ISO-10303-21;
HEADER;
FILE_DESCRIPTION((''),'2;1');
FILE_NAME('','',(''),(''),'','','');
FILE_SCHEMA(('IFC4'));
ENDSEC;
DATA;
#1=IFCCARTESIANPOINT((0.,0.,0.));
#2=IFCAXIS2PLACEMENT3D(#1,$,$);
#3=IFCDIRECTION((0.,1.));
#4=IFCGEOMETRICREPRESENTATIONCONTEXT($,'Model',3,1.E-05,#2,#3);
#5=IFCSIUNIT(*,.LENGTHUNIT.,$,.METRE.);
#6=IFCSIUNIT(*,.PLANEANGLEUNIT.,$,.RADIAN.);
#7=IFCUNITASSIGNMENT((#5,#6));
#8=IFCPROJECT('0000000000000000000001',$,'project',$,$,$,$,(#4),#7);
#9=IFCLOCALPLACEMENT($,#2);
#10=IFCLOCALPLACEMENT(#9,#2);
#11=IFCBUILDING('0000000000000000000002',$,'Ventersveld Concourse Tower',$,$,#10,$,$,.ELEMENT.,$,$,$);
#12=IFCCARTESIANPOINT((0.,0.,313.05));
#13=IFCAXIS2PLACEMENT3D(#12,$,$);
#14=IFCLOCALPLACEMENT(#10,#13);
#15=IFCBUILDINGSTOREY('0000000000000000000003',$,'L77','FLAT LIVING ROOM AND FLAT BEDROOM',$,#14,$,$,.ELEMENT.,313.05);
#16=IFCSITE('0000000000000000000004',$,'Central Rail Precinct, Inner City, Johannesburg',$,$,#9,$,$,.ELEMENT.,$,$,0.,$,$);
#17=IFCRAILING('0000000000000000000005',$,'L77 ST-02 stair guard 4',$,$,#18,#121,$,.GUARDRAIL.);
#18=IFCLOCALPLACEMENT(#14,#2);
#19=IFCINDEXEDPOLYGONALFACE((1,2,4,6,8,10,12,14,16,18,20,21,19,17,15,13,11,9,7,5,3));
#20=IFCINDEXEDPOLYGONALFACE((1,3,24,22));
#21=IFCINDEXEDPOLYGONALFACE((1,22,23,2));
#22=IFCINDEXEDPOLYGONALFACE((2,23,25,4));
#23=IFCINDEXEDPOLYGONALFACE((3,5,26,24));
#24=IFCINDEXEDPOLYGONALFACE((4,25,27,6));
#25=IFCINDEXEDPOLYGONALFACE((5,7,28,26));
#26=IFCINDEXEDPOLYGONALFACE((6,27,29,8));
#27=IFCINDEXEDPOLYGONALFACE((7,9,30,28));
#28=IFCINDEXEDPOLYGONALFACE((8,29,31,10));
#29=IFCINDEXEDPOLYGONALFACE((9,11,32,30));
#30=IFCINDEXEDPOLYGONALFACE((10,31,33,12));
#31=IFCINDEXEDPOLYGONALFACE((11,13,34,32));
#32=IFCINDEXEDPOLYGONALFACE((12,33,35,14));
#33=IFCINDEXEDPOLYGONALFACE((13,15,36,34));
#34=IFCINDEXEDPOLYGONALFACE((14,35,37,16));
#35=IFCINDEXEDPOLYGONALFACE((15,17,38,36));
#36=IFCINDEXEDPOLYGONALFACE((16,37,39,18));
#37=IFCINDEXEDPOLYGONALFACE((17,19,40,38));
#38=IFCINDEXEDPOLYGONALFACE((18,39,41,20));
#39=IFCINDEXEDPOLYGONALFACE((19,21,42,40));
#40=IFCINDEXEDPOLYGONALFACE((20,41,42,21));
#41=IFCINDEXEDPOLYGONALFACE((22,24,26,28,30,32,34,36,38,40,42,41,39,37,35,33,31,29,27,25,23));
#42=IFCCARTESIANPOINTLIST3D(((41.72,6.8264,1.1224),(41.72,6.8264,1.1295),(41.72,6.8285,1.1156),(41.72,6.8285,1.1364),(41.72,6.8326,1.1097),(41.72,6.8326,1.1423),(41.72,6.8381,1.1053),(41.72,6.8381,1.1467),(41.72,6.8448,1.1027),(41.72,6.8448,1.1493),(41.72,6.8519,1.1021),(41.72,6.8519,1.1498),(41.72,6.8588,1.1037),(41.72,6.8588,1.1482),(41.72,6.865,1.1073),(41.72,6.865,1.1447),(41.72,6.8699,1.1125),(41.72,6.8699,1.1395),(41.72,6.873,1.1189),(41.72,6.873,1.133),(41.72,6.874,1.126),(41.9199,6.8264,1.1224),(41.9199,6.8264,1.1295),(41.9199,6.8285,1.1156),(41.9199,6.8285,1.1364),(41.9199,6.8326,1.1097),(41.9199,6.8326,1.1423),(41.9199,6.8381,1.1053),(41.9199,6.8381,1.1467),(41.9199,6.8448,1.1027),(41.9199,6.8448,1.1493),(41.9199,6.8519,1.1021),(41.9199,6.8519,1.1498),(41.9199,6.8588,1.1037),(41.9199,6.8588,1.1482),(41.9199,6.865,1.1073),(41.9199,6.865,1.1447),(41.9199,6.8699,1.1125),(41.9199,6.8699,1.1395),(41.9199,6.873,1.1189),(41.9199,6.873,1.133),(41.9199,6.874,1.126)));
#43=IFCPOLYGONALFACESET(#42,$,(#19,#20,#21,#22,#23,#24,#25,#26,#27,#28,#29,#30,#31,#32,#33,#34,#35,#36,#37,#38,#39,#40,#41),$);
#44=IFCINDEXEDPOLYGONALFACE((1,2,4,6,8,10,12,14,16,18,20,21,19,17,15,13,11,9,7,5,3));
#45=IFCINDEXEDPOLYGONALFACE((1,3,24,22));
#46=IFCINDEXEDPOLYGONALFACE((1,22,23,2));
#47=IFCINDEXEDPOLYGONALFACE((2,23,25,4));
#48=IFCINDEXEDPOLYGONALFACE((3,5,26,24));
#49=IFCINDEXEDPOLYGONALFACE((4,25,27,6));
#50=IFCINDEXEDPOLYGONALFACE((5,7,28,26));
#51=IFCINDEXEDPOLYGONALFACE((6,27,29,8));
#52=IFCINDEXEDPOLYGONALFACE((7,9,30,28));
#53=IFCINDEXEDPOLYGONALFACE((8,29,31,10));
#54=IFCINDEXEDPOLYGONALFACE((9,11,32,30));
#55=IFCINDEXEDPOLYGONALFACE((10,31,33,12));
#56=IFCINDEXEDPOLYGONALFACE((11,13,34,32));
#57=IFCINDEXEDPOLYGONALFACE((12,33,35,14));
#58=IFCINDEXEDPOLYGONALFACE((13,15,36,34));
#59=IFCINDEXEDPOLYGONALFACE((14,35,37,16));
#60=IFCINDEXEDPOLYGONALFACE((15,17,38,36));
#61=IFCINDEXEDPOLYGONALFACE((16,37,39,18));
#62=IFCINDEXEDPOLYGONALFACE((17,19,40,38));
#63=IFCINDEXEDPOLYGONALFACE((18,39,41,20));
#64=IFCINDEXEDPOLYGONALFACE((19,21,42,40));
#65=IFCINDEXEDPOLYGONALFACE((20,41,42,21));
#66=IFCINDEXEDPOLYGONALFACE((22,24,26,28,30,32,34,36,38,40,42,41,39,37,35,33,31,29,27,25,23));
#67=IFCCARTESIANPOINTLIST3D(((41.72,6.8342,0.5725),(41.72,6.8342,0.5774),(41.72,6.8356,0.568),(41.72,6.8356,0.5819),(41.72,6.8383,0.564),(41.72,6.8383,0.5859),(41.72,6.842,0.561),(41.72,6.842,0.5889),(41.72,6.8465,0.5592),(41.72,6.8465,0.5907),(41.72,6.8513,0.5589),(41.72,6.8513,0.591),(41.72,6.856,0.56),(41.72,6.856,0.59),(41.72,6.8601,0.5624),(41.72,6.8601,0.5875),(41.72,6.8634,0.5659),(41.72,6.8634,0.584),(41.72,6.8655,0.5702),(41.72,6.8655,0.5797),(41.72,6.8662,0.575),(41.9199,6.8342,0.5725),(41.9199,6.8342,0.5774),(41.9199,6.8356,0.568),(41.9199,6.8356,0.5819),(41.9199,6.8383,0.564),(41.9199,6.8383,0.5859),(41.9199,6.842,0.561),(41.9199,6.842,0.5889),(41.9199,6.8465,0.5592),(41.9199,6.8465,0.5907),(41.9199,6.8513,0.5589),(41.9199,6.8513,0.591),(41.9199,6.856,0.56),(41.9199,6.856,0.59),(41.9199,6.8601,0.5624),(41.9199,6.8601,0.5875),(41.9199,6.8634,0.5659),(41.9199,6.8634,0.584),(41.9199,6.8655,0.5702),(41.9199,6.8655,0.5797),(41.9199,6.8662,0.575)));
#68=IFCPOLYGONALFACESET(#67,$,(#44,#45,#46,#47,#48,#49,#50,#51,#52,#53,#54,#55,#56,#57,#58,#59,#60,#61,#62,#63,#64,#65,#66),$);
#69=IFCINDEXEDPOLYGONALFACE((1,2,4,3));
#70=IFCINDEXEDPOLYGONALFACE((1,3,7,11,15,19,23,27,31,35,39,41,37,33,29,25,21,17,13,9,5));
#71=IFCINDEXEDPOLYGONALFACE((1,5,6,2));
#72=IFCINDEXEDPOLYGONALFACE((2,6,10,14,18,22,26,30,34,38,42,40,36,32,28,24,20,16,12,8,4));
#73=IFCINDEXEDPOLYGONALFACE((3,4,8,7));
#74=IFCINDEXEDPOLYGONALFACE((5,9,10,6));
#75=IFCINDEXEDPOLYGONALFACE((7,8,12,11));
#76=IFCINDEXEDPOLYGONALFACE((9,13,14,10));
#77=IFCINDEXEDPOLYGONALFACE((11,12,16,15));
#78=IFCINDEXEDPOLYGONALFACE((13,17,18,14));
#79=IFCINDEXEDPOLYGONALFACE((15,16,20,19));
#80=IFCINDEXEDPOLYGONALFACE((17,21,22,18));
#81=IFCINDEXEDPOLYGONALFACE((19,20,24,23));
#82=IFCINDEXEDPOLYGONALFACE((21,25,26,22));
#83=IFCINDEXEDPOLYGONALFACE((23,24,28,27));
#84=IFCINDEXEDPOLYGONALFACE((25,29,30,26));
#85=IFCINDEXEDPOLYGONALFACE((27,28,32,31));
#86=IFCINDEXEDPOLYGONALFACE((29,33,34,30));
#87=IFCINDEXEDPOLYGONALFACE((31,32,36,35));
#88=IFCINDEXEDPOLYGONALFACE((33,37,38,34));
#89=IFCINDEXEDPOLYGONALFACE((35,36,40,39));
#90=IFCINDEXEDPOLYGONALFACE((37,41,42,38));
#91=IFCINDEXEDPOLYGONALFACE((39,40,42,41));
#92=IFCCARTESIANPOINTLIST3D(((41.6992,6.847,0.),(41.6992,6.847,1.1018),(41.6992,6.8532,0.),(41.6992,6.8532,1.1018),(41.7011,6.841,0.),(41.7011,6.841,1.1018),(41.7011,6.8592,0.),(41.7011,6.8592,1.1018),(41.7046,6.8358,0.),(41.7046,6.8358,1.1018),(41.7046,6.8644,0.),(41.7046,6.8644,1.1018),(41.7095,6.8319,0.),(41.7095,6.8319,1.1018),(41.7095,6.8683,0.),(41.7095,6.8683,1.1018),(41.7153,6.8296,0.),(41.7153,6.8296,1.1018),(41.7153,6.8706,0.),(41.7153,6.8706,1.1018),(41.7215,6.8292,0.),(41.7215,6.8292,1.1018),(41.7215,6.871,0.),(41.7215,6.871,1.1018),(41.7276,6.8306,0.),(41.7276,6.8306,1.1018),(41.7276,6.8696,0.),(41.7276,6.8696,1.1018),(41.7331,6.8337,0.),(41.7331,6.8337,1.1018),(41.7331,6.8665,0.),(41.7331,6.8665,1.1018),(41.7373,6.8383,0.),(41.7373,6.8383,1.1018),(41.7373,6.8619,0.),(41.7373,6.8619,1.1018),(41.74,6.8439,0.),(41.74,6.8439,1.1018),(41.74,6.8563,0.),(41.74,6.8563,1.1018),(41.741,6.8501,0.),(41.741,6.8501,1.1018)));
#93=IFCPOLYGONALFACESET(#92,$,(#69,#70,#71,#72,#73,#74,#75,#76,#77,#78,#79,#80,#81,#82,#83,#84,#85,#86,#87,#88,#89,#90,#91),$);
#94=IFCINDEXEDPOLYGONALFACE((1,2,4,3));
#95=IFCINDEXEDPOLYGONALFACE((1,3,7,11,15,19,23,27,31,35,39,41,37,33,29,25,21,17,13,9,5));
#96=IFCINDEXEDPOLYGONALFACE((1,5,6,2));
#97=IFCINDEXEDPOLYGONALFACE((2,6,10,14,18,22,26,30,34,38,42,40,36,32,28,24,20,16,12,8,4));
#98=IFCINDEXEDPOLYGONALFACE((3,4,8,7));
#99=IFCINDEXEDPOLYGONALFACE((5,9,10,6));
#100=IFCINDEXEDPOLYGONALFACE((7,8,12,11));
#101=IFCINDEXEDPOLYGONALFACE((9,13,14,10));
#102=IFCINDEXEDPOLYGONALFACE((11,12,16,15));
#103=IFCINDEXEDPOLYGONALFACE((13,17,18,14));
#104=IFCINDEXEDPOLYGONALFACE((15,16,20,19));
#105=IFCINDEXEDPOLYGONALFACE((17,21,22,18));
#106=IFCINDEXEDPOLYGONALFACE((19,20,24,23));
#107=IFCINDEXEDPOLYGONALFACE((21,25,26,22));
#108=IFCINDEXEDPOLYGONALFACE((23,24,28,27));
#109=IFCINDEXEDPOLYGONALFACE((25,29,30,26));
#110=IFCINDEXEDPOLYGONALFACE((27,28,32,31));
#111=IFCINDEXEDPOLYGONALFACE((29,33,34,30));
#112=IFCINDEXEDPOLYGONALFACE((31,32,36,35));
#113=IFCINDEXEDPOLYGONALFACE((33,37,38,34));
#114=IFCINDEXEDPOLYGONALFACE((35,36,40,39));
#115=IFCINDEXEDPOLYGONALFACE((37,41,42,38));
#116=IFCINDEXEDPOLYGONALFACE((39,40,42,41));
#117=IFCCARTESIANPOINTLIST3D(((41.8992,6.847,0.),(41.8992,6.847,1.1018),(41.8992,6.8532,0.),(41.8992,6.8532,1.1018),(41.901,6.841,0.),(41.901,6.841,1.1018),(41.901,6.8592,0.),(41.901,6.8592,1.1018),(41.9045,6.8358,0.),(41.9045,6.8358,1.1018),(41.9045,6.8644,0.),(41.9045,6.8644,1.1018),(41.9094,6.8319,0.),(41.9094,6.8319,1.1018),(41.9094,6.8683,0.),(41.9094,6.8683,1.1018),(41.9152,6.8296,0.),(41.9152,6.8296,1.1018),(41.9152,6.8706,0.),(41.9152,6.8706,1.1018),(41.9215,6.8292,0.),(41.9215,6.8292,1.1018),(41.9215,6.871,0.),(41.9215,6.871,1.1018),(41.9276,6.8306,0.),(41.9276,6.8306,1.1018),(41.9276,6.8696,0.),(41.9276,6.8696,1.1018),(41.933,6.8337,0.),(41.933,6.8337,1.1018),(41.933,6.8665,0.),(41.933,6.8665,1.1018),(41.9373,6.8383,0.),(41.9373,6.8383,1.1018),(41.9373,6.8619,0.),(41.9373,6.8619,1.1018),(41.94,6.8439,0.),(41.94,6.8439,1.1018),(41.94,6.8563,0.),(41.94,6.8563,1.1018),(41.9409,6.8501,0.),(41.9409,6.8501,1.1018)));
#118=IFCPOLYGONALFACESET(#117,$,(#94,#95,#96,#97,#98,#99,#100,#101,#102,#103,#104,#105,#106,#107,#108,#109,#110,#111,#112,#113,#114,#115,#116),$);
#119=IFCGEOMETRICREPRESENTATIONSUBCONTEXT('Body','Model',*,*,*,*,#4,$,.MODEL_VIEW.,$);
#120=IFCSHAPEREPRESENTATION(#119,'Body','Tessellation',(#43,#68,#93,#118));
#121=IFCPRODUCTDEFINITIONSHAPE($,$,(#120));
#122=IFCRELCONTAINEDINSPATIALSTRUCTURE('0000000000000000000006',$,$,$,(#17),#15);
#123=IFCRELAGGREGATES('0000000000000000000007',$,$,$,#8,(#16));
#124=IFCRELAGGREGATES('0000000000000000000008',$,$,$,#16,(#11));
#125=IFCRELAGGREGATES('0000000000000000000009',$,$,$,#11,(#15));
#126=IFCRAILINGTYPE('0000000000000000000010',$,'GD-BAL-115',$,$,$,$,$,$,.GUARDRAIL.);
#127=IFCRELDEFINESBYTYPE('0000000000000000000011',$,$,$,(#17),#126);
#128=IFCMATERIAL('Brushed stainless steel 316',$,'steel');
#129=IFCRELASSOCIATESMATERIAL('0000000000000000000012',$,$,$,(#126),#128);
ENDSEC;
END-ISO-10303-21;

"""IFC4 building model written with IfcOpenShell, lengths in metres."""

from ifc_helpers import new_model, si_unit, direction, frame, origin, origin_2d, place, context, subcontext, project, spatial, circle, extrude, material, type_object, element, save


model = new_model("IFC4")

# Units and contexts
model_context = context("Model", 3, precision=1e-05, world=origin(), true_north=direction((0.0, 1.0)))
body_context = subcontext(model_context, "Body", "Model", "MODEL_VIEW")
ifc_project = project(units=[si_unit("LENGTHUNIT", "METRE"), si_unit("PLANEANGLEUNIT", "RADIAN")], contexts=[model_context])

# Site, building, storey
site_placement = place(None, origin())
site = spatial("IfcSite", under=ifc_project, at=site_placement, Name="Central Rail Precinct, Inner City, Johannesburg", CompositionType="ELEMENT", RefElevation=0.0)
building_placement = place(site_placement, origin())
building = spatial("IfcBuilding", under=site, at=building_placement, Name="Ventersveld Concourse Tower", CompositionType="ELEMENT")
storey_placement = place(building_placement, frame((0.0, 0.0, 313.05)))
storey = spatial("IfcBuildingStorey", under=building, at=storey_placement, Name="L77", Description="FLAT LIVING ROOM AND FLAT BEDROOM", CompositionType="ELEMENT", Elevation=313.05)

# Shared definitions
ifc_material_1 = material(Name="Brushed stainless steel 316", Category="steel")

# Railing
railing_type_1 = type_object("IfcRailingType", Name="GD-BAL-115", PredefinedType="GUARDRAIL", material=ifc_material_1)
railing_1_placement = place(storey_placement, frame((41.72, 6.8501, 0.0)))
element("IfcRailing", 1, at=railing_1_placement, inside=storey, type_object=railing_type_1, Name="L77 ST-02 stair guard 4", PredefinedType="GUARDRAIL", context=body_context, shape_type="SweptSolid", body=[
    extrude(circle(Radius=0.0239, at=origin_2d()), frame((0.0, 0.0, 1.126), z_axis=(1.0, 0.0, 0.0), x_axis=(0.0, 1.0, 0.0)), (0.0, 0.0, 1.0), 0.2),
    extrude(circle(Radius=0.0161, at=origin_2d()), frame((0.0, 0.0, 0.575), z_axis=(1.0, 0.0, 0.0), x_axis=(0.0, 1.0, 0.0)), (0.0, 0.0, 1.0), 0.2),
    extrude(circle(Radius=0.021, at=origin_2d()), origin(), (0.0, 0.0, 1.0), 1.1018),
    extrude(circle(Radius=0.021, at=origin_2d()), frame((0.2, 0.0, 0.0)), (0.0, 0.0, 1.0), 1.1018),
])

save(model, "model.ifc")
